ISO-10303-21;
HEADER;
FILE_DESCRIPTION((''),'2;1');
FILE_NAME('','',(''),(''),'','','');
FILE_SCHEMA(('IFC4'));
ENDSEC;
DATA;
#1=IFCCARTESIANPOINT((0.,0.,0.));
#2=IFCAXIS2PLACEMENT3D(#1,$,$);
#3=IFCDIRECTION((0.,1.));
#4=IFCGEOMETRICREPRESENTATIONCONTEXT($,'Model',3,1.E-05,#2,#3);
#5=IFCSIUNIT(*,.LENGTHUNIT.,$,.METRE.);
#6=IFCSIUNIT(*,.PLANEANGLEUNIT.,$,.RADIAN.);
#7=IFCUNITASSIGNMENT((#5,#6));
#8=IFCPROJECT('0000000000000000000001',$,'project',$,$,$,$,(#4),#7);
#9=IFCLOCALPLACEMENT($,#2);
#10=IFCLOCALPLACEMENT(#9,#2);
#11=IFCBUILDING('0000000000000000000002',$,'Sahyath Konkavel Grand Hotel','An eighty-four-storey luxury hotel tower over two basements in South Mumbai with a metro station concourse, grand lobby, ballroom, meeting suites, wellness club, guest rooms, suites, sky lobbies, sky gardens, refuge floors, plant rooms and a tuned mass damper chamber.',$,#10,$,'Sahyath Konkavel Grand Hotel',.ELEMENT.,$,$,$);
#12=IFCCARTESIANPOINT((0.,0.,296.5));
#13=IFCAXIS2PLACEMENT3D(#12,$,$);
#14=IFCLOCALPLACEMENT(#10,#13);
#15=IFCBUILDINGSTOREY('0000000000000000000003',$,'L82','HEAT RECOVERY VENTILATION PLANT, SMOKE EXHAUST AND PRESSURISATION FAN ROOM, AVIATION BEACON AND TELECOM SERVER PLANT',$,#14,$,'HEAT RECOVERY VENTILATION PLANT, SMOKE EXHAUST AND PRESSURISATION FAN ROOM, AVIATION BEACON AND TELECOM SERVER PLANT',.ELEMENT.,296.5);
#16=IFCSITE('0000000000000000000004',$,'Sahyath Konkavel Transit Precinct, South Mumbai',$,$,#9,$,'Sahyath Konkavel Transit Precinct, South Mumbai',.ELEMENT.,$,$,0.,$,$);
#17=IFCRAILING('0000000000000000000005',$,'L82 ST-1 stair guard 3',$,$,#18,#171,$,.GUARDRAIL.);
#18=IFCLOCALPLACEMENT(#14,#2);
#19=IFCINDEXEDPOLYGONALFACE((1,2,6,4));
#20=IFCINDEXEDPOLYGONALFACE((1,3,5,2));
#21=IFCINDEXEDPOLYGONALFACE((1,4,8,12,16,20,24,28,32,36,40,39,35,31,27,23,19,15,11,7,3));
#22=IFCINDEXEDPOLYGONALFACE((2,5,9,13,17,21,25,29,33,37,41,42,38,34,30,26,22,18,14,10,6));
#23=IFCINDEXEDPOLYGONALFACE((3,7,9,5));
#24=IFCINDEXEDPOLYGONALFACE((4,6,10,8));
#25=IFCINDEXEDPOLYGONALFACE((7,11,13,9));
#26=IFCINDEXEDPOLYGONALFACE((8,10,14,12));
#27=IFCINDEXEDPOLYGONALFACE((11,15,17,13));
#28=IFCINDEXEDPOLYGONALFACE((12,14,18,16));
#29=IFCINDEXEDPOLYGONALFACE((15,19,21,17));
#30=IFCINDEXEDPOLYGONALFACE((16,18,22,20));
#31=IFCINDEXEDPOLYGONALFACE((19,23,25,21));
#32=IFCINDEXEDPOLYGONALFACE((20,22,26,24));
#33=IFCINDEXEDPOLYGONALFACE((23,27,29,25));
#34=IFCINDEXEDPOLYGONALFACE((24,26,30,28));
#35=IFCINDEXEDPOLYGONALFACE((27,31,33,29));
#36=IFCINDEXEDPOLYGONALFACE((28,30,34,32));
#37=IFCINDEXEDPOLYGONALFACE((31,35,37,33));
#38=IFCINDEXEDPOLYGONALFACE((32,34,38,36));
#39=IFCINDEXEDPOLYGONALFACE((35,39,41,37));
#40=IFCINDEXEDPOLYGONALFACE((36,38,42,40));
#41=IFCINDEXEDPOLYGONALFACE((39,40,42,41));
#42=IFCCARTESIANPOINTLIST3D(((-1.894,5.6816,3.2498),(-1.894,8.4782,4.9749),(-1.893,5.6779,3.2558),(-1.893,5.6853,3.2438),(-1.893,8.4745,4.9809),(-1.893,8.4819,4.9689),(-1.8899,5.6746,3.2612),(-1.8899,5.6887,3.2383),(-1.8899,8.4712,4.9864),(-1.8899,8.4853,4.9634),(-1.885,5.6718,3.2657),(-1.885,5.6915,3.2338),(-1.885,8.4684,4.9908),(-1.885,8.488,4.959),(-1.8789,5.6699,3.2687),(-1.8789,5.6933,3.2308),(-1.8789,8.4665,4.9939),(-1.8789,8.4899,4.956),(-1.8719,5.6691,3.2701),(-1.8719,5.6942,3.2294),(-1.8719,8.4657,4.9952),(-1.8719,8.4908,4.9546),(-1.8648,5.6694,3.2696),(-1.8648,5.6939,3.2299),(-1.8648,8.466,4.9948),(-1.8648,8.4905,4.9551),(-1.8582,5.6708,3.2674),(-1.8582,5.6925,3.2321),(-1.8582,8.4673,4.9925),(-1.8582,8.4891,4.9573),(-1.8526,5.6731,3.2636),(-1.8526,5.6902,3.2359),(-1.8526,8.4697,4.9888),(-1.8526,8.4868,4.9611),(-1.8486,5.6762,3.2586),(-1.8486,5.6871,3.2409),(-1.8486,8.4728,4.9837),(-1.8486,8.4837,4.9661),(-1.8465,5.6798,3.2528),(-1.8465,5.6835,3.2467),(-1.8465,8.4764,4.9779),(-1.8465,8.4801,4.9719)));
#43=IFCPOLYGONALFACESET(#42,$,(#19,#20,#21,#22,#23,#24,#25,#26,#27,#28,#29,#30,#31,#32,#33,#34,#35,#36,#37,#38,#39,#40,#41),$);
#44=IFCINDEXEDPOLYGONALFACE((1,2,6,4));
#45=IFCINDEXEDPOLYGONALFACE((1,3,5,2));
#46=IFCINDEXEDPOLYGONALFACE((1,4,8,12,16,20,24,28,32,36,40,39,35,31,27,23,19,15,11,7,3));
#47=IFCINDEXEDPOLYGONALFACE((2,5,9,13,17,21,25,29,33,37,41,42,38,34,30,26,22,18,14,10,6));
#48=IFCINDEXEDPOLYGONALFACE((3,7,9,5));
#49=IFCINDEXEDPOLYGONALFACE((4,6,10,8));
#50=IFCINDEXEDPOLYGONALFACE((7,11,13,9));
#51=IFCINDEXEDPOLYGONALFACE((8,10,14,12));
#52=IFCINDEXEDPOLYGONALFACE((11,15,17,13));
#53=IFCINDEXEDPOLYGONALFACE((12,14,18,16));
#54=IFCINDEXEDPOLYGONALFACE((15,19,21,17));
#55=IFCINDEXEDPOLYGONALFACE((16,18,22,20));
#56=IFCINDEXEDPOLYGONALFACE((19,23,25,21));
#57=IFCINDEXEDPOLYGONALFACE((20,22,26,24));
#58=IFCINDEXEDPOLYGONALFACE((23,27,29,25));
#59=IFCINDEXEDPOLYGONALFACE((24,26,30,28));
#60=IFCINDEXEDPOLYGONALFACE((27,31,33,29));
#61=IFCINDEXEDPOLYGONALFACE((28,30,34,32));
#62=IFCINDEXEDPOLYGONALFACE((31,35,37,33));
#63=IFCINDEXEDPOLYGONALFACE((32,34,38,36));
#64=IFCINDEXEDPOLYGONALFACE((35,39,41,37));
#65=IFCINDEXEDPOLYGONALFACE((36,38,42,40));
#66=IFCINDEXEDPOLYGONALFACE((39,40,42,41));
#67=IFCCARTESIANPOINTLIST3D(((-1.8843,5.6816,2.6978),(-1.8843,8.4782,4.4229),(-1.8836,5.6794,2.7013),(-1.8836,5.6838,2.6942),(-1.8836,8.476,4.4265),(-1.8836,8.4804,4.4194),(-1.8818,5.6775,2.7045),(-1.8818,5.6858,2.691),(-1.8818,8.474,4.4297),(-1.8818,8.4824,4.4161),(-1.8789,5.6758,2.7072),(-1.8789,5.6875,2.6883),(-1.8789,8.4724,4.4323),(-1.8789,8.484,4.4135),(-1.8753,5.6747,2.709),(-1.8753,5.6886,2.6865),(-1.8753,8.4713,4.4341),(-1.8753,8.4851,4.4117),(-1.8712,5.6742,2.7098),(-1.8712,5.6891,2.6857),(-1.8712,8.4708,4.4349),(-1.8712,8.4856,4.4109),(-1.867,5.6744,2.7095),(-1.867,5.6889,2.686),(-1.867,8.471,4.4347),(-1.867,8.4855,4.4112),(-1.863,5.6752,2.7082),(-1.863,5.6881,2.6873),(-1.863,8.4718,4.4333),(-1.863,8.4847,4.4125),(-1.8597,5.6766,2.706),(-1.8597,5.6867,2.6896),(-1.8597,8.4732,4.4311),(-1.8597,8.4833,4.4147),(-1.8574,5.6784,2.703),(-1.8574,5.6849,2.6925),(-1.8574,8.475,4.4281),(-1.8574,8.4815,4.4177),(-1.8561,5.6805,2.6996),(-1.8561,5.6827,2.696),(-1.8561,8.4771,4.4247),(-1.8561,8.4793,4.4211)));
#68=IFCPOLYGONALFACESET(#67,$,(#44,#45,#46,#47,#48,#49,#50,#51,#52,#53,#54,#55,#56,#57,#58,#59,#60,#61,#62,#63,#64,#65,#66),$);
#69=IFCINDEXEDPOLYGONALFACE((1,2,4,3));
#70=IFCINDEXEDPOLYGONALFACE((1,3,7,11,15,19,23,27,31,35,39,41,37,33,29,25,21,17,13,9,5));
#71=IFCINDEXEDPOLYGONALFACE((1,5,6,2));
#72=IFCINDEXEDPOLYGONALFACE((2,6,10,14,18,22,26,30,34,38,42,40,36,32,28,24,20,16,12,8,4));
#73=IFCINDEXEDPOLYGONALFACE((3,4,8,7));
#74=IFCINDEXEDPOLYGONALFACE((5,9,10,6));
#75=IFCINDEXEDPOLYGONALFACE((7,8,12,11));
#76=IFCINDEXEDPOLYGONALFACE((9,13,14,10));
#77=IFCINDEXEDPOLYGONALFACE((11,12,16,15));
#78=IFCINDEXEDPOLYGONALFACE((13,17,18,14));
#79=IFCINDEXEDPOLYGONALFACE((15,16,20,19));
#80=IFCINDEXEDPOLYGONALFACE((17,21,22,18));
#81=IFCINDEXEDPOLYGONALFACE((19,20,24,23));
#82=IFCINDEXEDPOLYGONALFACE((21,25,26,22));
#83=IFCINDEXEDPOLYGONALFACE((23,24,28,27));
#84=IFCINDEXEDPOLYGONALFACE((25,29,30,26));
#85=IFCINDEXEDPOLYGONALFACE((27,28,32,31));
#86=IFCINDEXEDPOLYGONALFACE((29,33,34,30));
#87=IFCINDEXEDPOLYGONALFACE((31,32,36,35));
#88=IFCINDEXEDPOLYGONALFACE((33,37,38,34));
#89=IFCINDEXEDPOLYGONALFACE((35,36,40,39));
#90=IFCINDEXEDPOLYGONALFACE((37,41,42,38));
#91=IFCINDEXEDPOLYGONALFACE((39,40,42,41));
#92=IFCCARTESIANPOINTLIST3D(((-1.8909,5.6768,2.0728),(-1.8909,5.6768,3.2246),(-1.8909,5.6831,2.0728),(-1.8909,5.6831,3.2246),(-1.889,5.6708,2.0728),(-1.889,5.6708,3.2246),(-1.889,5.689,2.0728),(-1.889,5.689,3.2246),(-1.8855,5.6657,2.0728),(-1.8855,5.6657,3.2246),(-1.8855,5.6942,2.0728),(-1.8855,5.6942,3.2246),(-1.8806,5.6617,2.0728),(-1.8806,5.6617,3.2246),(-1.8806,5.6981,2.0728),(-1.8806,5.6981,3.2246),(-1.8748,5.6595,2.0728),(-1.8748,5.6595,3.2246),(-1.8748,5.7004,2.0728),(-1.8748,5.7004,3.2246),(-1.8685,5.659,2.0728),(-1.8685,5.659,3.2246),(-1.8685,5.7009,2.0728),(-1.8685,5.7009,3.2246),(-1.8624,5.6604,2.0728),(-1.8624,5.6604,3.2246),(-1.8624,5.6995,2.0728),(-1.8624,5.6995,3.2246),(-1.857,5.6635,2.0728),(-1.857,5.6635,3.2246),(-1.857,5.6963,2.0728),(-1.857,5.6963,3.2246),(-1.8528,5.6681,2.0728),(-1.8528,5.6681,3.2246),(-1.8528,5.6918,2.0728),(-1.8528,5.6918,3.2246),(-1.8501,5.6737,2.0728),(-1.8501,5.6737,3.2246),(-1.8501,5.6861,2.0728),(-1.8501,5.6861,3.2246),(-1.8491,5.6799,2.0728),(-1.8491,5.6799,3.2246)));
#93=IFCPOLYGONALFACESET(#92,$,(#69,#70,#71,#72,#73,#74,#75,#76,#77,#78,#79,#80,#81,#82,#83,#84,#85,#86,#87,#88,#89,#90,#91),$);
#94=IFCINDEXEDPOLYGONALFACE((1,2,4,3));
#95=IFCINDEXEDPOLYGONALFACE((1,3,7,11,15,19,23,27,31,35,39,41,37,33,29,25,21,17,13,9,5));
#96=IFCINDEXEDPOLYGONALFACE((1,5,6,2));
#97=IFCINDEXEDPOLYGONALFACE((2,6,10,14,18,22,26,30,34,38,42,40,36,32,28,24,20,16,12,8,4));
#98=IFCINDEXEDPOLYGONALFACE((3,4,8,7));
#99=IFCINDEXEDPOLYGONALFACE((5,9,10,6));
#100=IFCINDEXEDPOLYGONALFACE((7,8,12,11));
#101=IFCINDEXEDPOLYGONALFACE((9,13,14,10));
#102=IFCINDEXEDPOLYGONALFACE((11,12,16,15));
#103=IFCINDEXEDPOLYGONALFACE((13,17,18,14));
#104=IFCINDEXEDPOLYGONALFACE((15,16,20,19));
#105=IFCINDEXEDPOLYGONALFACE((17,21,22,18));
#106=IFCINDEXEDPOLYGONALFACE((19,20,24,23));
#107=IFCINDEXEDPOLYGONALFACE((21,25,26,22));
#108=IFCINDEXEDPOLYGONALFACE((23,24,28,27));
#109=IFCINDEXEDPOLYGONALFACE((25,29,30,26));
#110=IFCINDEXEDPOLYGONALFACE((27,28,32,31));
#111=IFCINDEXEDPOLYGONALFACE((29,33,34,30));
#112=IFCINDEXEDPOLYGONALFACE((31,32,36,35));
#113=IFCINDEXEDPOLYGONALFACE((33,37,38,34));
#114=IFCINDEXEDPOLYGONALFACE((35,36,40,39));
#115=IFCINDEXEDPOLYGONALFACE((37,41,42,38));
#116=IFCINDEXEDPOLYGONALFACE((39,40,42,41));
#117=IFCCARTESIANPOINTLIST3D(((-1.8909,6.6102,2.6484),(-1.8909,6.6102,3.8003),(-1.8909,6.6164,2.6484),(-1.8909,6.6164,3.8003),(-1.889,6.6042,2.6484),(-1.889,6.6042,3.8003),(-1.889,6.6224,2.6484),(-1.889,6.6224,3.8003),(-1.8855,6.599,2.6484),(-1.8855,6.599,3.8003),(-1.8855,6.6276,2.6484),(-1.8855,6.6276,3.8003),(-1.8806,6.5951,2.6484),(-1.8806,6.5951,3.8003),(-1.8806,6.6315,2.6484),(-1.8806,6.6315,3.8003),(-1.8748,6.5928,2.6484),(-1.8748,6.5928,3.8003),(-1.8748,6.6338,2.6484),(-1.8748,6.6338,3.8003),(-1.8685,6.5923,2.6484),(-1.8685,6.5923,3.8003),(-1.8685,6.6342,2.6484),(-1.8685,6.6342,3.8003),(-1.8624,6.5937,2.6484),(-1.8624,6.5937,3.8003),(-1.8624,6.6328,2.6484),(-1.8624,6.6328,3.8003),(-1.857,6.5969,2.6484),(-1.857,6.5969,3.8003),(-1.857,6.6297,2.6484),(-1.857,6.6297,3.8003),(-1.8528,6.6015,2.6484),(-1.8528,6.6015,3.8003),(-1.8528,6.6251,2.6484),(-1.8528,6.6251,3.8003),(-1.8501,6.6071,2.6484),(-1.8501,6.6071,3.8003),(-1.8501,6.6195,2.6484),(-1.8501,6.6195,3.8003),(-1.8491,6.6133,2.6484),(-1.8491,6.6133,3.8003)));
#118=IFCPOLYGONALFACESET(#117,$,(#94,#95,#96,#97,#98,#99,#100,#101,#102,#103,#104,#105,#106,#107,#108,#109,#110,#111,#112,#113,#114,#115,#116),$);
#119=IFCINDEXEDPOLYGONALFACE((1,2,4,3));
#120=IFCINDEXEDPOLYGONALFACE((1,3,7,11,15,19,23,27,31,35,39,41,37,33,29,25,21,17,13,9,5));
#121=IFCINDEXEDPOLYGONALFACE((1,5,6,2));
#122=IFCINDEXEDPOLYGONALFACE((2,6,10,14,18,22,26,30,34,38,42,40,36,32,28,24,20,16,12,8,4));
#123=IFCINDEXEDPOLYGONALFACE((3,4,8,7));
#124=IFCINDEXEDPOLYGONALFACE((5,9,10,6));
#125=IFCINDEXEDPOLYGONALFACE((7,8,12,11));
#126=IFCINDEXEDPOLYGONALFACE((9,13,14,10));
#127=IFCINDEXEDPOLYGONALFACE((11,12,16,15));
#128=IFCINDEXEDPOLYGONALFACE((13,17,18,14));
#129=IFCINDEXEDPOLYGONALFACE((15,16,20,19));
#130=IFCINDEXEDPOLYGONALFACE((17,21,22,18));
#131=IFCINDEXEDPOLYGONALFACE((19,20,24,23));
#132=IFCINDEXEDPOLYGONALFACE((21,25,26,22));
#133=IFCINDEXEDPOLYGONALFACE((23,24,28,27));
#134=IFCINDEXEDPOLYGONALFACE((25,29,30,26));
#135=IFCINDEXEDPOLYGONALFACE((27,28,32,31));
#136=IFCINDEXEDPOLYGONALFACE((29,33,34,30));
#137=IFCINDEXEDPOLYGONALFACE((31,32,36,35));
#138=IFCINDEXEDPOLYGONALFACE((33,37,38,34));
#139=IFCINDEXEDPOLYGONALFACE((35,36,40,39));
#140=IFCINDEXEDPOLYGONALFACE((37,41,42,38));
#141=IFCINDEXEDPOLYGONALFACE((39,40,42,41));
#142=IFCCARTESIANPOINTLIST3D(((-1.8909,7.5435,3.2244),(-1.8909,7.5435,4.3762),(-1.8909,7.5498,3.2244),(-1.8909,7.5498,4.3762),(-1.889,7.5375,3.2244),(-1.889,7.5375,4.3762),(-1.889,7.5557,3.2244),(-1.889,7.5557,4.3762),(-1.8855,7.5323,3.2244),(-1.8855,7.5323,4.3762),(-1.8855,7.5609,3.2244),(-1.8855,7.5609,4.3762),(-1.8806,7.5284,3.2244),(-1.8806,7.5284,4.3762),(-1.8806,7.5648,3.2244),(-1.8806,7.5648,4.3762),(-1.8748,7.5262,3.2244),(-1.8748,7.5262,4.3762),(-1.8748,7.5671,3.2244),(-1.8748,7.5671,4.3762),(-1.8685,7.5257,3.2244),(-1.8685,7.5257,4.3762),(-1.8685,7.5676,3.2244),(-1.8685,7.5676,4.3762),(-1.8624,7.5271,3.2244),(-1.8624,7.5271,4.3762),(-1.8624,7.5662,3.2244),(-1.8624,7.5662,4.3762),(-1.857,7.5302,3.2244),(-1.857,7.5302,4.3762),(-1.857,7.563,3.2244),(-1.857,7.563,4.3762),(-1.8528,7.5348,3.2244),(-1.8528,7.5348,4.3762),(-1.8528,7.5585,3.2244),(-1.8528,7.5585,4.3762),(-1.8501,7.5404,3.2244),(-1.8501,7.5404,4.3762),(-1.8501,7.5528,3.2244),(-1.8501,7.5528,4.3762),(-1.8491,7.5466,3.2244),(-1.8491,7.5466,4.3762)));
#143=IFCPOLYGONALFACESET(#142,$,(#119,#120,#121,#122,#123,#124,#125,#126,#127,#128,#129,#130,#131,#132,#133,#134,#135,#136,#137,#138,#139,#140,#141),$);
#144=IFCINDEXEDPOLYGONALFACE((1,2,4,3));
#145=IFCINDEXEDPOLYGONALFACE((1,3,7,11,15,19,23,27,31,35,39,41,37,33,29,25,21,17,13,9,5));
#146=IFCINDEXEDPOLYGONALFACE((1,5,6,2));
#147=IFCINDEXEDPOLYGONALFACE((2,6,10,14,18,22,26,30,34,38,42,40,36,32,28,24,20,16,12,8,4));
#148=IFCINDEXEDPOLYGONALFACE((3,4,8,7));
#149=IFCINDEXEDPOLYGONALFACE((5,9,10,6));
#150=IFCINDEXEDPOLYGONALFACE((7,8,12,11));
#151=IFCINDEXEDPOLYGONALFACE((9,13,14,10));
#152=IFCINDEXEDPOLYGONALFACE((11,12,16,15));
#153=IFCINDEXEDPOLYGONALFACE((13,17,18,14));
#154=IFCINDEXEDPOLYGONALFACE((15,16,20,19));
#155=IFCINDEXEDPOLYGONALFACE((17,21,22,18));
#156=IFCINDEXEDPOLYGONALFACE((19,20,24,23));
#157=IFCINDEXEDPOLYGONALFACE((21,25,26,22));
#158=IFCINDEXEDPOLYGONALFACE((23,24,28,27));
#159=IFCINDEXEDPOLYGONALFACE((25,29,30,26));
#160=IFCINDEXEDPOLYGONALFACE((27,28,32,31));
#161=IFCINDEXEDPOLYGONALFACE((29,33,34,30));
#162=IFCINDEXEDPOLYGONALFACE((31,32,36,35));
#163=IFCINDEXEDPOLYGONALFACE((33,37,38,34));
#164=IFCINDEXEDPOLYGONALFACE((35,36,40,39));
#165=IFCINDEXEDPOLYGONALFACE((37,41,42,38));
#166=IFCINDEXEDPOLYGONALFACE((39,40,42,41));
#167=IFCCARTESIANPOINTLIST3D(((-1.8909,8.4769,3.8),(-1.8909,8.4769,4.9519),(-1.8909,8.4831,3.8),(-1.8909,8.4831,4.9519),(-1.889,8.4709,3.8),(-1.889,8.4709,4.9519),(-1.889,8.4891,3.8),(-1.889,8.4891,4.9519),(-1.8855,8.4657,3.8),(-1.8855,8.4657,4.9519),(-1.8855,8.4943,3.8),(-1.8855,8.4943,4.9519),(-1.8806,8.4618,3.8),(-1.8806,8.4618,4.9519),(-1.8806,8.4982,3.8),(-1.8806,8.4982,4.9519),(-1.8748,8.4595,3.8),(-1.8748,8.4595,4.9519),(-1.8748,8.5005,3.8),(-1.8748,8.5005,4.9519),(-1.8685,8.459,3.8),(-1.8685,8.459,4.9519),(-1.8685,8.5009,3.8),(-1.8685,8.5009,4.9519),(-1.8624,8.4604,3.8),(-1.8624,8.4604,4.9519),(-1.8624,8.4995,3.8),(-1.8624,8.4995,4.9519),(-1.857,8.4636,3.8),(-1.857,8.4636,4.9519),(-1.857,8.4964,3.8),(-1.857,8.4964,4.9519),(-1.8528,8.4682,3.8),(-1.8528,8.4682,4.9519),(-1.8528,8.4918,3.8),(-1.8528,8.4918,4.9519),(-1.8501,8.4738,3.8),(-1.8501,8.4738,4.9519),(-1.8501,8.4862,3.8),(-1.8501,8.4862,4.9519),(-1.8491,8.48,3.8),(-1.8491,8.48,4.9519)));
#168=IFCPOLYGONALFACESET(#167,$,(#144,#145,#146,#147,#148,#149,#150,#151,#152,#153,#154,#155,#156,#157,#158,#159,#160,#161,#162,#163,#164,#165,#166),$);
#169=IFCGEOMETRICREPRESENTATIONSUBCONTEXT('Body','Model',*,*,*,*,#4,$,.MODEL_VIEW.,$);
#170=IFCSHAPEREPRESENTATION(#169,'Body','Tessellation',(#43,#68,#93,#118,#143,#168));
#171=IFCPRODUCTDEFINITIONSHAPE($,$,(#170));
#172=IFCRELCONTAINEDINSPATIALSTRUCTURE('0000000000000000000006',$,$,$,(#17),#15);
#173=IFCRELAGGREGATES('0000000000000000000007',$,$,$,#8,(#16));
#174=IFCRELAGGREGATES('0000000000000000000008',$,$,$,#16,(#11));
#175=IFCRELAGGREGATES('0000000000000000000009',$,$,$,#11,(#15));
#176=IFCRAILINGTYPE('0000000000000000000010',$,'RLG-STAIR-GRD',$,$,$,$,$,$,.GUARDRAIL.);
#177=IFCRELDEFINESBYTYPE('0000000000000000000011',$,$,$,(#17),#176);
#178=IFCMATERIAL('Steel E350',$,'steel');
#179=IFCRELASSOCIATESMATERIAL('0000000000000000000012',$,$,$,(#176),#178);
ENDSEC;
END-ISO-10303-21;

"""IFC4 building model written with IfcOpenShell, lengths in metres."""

from ifc_helpers import new_model, si_unit, direction, frame, origin, origin_2d, place, context, subcontext, project, spatial, circle, extrude, material, type_object, element, save


model = new_model("IFC4")

# Units and contexts
model_context = context("Model", 3, precision=1e-05, world=origin(), true_north=direction((0.0, 1.0)))
body_context = subcontext(model_context, "Body", "Model", "MODEL_VIEW")
ifc_project = project(units=[si_unit("LENGTHUNIT", "METRE"), si_unit("PLANEANGLEUNIT", "RADIAN")], contexts=[model_context])

# Site, building, storey
site_placement = place(None, origin())
site = spatial("IfcSite", under=ifc_project, at=site_placement, Name="Sahyath Konkavel Transit Precinct, South Mumbai", LongName="Sahyath Konkavel Transit Precinct, South Mumbai", CompositionType="ELEMENT", RefElevation=0.0)
building_placement = place(site_placement, origin())
building = spatial("IfcBuilding", under=site, at=building_placement, Name="Sahyath Konkavel Grand Hotel", Description="An eighty-four-storey luxury hotel tower over two basements in South Mumbai with a metro station concourse, grand lobby, ballroom, meeting suites, wellness club, guest rooms, suites, sky lobbies, sky gardens, refuge floors, plant rooms and a tuned mass damper chamber.", LongName="Sahyath Konkavel Grand Hotel", CompositionType="ELEMENT")
storey_placement = place(building_placement, frame((0.0, 0.0, 296.5)))
storey = spatial("IfcBuildingStorey", under=building, at=storey_placement, Name="L82", Description="HEAT RECOVERY VENTILATION PLANT, SMOKE EXHAUST AND PRESSURISATION FAN ROOM, AVIATION BEACON AND TELECOM SERVER PLANT", LongName="HEAT RECOVERY VENTILATION PLANT, SMOKE EXHAUST AND PRESSURISATION FAN ROOM, AVIATION BEACON AND TELECOM SERVER PLANT", CompositionType="ELEMENT", Elevation=296.5)

# Shared definitions
ifc_material_1 = material(Name="Steel E350", Category="steel")

# Railing
railing_type_1 = type_object("IfcRailingType", Name="RLG-STAIR-GRD", PredefinedType="GUARDRAIL", material=ifc_material_1)
railing_1_placement = place(storey_placement, frame((-1.8701, 5.6799, 2.0728)))
element("IfcRailing", 1, at=railing_1_placement, inside=storey, type_object=railing_type_1, Name="L82 ST-1 stair guard 3", PredefinedType="GUARDRAIL", context=body_context, shape_type="SweptSolid", body=[
    extrude(circle(Radius=0.0239, at=origin_2d()), frame((0.0, 0.0017, 1.177), z_axis=(0.0, 0.85109, 0.52502), x_axis=(-1.0, 0.0, 0.0)), (0.0, 0.0, 1.0), 3.2859),
    extrude(circle(Radius=0.0142, at=origin_2d()), frame((0.0, 0.0017, 0.625), z_axis=(0.0, 0.85109, 0.52502), x_axis=(-1.0, 0.0, 0.0)), (0.0, 0.0, 1.0), 3.2859),
    extrude(circle(Radius=0.021, at=origin_2d()), origin(), (0.0, 0.0, 1.0), 1.1519),
    extrude(circle(Radius=0.021, at=origin_2d()), frame((0.0, 0.9333, 0.5757)), (0.0, 0.0, 1.0), 1.1519),
    extrude(circle(Radius=0.021, at=origin_2d()), frame((0.0, 1.8667, 1.1516)), (0.0, 0.0, 1.0), 1.1519),
    extrude(circle(Radius=0.021, at=origin_2d()), frame((0.0, 2.8, 1.7273)), (0.0, 0.0, 1.0), 1.1519),
])

save(model, "model.ifc")
